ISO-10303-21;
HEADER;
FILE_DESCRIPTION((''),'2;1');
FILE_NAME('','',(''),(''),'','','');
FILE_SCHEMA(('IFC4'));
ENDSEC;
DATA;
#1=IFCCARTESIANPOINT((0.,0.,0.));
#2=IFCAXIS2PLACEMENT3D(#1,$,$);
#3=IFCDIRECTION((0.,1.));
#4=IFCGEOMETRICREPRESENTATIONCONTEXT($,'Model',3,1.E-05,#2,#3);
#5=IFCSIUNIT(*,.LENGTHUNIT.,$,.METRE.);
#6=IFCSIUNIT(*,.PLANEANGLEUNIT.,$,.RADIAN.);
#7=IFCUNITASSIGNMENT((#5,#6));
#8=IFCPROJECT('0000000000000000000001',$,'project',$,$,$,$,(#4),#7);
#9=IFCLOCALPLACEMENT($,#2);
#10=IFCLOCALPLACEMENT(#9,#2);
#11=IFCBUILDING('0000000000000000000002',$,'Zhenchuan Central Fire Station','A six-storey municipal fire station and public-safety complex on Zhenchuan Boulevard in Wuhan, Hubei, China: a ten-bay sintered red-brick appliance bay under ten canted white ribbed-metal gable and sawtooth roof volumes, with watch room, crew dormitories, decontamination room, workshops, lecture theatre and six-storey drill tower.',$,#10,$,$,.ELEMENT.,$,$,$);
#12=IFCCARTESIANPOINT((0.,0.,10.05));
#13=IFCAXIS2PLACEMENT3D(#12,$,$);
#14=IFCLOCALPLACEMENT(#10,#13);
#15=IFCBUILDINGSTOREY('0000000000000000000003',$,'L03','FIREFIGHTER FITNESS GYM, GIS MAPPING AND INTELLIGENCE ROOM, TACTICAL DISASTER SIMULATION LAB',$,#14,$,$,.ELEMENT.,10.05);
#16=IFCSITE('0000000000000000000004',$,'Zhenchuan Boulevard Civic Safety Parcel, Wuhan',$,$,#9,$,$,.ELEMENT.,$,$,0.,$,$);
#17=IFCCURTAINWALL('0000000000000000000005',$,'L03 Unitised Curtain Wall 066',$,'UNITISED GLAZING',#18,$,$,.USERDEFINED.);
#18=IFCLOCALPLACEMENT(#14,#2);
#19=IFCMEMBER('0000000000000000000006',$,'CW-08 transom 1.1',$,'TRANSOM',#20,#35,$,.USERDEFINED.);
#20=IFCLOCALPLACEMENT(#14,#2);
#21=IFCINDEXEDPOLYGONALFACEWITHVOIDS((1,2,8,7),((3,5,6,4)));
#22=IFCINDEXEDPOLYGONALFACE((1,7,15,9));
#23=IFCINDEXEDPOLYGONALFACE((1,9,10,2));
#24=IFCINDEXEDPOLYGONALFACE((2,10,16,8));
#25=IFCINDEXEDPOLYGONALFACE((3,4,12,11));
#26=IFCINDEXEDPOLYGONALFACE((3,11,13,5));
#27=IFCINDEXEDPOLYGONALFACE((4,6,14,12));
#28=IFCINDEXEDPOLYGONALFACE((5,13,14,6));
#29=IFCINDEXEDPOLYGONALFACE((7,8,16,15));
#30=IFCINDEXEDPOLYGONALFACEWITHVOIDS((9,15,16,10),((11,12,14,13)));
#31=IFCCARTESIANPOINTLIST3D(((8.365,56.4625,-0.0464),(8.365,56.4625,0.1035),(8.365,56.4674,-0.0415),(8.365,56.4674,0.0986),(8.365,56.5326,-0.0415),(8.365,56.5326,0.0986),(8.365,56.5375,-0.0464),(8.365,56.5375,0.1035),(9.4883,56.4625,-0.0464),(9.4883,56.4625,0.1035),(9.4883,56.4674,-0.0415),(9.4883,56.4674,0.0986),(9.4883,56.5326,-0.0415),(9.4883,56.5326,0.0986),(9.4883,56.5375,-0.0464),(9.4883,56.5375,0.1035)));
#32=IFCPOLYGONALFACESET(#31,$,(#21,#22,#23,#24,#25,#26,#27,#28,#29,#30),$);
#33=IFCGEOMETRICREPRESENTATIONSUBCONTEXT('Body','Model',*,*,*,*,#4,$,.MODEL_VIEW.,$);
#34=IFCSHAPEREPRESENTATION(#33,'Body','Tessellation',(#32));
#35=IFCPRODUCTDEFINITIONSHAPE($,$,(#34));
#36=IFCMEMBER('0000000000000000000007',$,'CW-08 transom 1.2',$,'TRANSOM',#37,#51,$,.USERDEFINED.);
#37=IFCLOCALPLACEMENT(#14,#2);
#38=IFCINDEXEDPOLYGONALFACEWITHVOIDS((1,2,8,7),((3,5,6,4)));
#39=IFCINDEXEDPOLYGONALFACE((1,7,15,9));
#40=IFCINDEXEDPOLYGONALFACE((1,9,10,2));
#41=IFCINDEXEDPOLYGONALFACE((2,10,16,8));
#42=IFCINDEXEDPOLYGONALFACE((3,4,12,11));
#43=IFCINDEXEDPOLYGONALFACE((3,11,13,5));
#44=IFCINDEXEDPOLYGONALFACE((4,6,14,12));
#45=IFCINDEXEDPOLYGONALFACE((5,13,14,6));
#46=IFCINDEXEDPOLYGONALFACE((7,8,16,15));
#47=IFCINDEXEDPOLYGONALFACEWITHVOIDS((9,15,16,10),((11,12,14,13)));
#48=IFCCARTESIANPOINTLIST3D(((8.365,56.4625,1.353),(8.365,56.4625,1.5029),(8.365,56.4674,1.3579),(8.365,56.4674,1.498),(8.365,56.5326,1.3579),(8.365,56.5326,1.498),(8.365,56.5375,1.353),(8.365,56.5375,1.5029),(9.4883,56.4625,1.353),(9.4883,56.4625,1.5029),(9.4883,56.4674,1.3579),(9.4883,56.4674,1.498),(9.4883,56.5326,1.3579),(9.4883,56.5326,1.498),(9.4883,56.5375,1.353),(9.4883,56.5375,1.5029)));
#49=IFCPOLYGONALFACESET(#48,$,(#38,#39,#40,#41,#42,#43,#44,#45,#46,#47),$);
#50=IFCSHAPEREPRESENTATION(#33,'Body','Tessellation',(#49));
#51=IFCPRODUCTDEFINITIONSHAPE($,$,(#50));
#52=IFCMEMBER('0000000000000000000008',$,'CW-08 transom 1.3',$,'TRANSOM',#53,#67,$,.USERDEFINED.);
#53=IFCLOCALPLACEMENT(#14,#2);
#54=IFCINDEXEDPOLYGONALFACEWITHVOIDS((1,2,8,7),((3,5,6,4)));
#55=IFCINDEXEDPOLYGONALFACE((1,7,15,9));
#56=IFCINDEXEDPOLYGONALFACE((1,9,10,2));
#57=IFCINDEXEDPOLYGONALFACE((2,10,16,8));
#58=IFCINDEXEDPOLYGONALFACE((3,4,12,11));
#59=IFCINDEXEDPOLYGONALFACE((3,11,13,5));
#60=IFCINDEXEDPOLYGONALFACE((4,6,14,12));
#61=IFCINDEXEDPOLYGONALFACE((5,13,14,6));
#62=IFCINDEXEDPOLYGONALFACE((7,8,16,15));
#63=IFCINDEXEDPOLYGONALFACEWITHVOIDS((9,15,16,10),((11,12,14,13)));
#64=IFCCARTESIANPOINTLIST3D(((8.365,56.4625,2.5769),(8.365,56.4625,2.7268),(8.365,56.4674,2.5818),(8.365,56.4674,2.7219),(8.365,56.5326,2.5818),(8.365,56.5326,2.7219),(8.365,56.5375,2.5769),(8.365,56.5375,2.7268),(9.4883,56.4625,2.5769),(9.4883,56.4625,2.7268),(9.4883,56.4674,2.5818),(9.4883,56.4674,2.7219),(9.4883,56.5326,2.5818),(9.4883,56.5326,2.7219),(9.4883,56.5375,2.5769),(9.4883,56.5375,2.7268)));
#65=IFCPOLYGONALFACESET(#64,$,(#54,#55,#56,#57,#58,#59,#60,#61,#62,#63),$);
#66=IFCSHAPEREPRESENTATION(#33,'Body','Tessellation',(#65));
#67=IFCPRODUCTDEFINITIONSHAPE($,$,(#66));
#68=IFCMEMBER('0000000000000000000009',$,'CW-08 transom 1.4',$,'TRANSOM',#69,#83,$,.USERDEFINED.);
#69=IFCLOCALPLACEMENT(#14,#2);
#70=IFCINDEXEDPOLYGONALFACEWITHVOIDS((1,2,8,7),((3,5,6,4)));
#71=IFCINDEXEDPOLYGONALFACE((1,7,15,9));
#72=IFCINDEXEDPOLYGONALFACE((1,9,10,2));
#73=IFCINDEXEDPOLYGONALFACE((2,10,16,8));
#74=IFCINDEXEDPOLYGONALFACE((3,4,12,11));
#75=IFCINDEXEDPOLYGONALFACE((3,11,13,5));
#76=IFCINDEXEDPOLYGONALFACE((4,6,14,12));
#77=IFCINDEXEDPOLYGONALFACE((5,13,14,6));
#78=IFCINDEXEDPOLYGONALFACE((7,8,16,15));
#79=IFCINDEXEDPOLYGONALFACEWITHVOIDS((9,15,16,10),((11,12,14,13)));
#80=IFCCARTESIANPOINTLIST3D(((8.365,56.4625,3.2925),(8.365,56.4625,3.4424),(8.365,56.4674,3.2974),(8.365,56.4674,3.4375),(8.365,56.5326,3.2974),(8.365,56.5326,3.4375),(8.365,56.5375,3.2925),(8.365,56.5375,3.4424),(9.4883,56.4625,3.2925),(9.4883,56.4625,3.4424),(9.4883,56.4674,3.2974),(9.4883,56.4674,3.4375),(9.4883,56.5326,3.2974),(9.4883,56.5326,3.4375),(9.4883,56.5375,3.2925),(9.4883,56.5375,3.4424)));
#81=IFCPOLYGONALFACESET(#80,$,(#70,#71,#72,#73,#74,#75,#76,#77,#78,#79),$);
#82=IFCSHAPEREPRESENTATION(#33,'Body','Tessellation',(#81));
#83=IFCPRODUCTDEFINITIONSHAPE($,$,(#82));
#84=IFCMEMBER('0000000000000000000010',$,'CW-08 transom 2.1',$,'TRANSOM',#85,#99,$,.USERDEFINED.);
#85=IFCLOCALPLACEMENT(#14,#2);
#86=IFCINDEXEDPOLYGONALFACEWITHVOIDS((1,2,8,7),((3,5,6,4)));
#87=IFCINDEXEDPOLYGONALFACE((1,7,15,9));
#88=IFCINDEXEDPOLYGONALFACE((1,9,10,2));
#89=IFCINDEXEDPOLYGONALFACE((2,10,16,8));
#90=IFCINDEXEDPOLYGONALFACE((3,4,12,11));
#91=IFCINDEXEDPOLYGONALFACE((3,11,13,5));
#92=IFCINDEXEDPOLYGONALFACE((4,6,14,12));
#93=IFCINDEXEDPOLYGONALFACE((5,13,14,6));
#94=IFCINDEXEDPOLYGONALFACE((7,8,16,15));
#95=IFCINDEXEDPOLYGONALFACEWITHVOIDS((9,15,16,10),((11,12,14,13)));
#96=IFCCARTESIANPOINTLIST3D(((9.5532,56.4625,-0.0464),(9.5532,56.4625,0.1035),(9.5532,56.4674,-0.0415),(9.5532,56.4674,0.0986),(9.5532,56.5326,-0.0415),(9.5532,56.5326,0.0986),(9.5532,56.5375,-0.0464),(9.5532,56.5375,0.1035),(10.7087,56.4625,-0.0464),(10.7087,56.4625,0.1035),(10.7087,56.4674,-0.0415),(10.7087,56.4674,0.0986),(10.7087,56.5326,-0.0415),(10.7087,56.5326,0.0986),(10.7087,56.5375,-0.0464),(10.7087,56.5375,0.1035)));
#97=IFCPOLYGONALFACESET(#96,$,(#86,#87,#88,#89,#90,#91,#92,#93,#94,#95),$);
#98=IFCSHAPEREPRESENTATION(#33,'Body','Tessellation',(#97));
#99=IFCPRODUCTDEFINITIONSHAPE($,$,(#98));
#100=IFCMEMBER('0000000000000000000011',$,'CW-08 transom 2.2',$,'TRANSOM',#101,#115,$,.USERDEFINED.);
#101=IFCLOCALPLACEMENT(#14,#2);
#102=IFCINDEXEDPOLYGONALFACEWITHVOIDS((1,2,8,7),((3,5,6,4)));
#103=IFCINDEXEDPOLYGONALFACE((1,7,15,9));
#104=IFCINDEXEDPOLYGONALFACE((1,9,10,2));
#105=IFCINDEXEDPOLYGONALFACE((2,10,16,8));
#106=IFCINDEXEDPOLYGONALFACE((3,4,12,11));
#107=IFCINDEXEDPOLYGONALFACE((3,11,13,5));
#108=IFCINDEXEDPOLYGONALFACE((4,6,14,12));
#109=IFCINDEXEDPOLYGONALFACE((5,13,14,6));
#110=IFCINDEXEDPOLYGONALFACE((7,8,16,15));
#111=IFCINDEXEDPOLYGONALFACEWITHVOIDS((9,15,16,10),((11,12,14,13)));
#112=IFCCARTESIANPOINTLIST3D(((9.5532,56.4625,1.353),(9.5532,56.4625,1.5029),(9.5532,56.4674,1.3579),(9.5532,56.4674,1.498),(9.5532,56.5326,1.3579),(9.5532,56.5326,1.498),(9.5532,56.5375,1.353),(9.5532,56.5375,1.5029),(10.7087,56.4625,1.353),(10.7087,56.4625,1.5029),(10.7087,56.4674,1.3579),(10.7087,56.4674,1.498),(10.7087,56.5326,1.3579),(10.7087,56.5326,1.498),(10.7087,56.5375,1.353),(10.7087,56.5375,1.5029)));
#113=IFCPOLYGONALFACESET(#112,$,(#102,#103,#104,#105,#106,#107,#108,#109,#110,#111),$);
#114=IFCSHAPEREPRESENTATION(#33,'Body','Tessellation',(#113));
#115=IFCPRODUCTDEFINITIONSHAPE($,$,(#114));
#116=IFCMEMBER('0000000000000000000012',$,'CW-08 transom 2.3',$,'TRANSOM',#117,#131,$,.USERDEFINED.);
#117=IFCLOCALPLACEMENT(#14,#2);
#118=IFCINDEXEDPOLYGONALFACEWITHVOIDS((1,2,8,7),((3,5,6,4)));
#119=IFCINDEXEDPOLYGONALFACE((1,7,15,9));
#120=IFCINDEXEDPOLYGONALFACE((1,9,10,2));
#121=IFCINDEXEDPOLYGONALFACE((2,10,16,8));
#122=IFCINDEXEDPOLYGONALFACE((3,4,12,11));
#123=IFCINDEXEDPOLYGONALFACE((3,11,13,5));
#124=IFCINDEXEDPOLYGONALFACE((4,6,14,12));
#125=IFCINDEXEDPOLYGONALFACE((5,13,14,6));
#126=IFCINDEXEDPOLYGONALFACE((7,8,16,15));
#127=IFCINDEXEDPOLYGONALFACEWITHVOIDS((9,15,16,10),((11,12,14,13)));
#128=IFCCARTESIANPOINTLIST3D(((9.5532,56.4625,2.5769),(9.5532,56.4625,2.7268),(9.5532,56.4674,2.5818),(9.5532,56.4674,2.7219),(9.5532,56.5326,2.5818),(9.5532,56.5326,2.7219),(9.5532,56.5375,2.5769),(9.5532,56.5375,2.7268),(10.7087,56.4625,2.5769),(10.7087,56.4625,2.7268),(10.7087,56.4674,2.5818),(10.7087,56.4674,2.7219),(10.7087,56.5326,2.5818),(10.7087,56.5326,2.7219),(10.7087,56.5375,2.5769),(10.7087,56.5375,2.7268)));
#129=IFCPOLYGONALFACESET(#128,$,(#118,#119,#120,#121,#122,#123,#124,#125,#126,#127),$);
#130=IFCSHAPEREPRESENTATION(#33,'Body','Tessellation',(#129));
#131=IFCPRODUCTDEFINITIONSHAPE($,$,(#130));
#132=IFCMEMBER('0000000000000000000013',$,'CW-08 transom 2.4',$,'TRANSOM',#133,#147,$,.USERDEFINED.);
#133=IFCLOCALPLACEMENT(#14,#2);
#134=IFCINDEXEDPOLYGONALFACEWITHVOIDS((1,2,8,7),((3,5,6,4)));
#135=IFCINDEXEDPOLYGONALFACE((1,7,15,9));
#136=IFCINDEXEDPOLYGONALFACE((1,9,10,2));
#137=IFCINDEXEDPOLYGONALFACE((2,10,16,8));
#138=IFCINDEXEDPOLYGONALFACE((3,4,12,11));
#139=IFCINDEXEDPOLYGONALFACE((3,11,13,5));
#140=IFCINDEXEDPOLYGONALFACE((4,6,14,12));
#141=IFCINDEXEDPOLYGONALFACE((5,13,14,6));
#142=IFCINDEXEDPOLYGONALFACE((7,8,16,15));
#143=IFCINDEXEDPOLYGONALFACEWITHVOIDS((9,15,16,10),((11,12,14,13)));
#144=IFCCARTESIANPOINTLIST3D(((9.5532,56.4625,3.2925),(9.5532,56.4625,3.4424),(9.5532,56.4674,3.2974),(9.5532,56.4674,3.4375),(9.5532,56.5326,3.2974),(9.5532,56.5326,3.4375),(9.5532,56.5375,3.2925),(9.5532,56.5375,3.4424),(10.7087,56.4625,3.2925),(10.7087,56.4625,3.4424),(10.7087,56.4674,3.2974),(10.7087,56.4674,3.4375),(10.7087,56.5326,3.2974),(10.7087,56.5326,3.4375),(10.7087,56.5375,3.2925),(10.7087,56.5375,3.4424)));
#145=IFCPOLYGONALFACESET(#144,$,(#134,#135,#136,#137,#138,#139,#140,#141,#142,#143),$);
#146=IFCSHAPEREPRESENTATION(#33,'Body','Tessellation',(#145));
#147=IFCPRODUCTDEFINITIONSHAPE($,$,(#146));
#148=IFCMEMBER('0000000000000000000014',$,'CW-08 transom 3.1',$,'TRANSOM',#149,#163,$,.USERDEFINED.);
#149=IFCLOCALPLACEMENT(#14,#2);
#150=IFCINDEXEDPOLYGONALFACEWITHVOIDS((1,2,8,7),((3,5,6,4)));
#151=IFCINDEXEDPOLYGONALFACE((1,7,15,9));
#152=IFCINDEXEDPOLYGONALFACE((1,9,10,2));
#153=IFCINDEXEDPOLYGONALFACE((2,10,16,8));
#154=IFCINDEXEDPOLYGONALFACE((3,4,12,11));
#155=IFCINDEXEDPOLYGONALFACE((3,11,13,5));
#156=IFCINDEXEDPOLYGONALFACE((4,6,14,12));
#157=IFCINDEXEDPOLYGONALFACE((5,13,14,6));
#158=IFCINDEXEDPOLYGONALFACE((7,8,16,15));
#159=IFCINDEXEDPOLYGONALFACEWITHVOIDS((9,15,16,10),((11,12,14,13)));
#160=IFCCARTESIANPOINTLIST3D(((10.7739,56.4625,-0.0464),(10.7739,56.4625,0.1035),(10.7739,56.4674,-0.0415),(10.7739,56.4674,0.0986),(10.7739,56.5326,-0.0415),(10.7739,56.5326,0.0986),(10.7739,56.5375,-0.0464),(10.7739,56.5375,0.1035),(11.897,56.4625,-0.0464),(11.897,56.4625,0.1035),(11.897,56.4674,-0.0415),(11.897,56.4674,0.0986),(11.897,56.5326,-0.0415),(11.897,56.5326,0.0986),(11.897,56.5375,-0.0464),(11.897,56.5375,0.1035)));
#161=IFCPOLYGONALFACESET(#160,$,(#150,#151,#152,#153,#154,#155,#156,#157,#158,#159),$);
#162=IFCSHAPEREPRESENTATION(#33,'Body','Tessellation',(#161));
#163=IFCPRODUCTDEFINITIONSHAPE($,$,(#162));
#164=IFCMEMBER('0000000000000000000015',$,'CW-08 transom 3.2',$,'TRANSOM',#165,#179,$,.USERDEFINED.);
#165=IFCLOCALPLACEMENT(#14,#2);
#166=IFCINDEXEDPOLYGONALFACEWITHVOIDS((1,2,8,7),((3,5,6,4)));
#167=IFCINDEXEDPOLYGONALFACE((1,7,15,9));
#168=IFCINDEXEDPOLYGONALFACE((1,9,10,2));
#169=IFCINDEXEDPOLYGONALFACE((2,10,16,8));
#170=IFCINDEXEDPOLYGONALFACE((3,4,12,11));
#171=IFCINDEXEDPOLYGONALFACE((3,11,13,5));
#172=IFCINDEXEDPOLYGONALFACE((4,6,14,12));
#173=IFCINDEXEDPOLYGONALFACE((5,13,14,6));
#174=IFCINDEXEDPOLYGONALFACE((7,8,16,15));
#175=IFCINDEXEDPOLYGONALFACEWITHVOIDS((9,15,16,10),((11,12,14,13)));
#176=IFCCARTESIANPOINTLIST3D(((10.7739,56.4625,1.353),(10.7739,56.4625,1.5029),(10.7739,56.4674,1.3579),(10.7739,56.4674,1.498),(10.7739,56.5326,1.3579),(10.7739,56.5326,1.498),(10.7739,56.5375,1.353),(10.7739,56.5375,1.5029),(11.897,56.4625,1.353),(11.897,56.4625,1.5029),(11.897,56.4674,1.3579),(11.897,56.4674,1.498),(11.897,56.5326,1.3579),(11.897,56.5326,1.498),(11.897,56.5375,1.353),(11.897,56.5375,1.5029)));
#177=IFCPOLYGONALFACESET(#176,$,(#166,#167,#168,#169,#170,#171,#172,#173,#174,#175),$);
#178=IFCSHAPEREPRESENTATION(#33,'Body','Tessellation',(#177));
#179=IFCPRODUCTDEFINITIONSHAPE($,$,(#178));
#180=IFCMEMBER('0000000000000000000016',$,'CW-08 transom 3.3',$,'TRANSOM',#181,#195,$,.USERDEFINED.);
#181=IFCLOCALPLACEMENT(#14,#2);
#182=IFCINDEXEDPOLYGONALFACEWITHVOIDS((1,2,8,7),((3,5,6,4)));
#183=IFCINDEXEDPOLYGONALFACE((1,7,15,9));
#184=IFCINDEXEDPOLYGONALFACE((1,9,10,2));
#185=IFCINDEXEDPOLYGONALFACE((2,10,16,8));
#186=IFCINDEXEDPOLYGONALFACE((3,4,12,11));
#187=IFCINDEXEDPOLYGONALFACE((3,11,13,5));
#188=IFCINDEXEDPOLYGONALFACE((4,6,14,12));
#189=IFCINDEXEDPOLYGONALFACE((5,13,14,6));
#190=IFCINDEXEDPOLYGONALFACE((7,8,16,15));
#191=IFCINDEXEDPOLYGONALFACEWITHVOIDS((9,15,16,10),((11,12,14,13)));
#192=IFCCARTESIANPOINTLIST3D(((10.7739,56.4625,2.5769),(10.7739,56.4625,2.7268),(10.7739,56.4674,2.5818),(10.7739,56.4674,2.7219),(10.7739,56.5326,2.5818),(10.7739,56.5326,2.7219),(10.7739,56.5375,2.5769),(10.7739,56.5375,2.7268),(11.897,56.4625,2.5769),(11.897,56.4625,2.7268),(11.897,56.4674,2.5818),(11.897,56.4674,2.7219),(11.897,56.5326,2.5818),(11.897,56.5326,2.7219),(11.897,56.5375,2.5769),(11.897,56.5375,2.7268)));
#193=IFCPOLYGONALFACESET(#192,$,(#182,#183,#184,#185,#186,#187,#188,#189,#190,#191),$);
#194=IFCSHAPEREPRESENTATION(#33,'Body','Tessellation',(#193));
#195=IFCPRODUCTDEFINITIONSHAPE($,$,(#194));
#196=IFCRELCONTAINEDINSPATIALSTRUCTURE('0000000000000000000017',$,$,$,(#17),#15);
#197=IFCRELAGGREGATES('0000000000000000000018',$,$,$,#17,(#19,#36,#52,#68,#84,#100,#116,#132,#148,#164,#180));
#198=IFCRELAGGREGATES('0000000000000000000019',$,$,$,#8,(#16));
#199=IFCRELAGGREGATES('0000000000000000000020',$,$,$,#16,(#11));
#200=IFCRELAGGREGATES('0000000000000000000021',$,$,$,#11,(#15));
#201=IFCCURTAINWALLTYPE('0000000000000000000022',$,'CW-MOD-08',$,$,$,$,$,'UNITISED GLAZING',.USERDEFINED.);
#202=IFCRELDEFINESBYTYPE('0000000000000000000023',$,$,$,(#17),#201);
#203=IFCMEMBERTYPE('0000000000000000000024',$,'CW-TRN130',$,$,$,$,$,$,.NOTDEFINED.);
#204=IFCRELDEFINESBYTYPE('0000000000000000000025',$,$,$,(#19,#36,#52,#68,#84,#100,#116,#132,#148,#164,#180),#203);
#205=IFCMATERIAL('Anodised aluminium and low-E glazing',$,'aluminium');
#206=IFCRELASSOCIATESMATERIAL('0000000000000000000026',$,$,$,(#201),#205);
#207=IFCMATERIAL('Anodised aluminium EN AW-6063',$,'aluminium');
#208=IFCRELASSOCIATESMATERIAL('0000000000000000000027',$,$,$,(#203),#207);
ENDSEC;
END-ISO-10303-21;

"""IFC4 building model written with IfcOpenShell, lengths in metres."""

from ifc_helpers import new_model, si_unit, direction, frame, origin, origin_2d, place, context, subcontext, project, spatial, hollow_rectangle, extrude, material, material_profile, profile_set, type_object, element, aggregate, save


model = new_model("IFC4")

# Units and contexts
model_context = context("Model", 3, precision=1e-05, world=origin(), true_north=direction((0.0, 1.0)))
body_context = subcontext(model_context, "Body", "Model", "MODEL_VIEW")
ifc_project = project(units=[si_unit("LENGTHUNIT", "METRE"), si_unit("PLANEANGLEUNIT", "RADIAN")], contexts=[model_context])

# Site, building, storey
site_placement = place(None, origin())
site = spatial("IfcSite", under=ifc_project, at=site_placement, Name="Zhenchuan Boulevard Civic Safety Parcel, Wuhan", CompositionType="ELEMENT", RefElevation=0.0)
building_placement = place(site_placement, origin())
building = spatial("IfcBuilding", under=site, at=building_placement, Name="Zhenchuan Central Fire Station", Description="A six-storey municipal fire station and public-safety complex on Zhenchuan Boulevard in Wuhan, Hubei, China: a ten-bay sintered red-brick appliance bay under ten canted white ribbed-metal gable and sawtooth roof volumes, with watch room, crew dormitories, decontamination room, workshops, lecture theatre and six-storey drill tower.", CompositionType="ELEMENT")
storey_placement = place(building_placement, frame((0.0, 0.0, 10.05)))
storey = spatial("IfcBuildingStorey", under=building, at=storey_placement, Name="L03", Description="FIREFIGHTER FITNESS GYM, GIS MAPPING AND INTELLIGENCE ROOM, TACTICAL DISASTER SIMULATION LAB", CompositionType="ELEMENT", Elevation=10.05)

# Curtain wall
ifc_material_1 = material(Name="Anodised aluminium and low-E glazing", Category="aluminium")
curtain_wall_type_1 = type_object("IfcCurtainWallType", Name="CW-MOD-08", ElementType="UNITISED GLAZING", PredefinedType="USERDEFINED", material=ifc_material_1)
curtain_wall_1_placement = place(storey_placement, origin())
curtain_wall_1 = element("IfcCurtainWall", 1, at=curtain_wall_1_placement, inside=storey, type_object=curtain_wall_type_1, Name="L03 Unitised Curtain Wall 066", ObjectType="UNITISED GLAZING", PredefinedType="USERDEFINED")
ifc_material_2 = material(Name="Anodised aluminium EN AW-6063", Category="aluminium")

# Members
ifc_material_profile_1 = material_profile(ifc_material_2, hollow_rectangle(XDim=0.075, YDim=0.1499, WallThickness=0.0049, at=origin_2d()), Name="ALU-T 150x75")
ifc_profile_set_1 = profile_set([ifc_material_profile_1], Name="Anodised aluminium EN AW-6063")
member_type_1 = type_object("IfcMemberType", Name="CW-TRN130", PredefinedType="NOTDEFINED", material=ifc_profile_set_1)
member_1_placement = place(storey_placement, frame((8.365, 56.5, 0.0286), z_axis=(1.0, 0.0, 0.0), x_axis=(0.0, 1.0, 0.0)))
member_1 = element("IfcMember", 2, at=member_1_placement, type_object=member_type_1, Name="CW-08 transom 1.1", ObjectType="TRANSOM", PredefinedType="USERDEFINED", context=body_context, shape_type="SweptSolid", body=[
    extrude(hollow_rectangle(XDim=0.075, YDim=0.1499, WallThickness=0.0049, at=origin_2d()), origin(), (0.0, 0.0, 1.0), 1.1233),
])
member_2_placement = place(storey_placement, frame((8.365, 56.5, 1.428), z_axis=(1.0, 0.0, 0.0), x_axis=(0.0, 1.0, 0.0)))
member_2 = element("IfcMember", 3, at=member_2_placement, type_object=member_type_1, Name="CW-08 transom 1.2", ObjectType="TRANSOM", PredefinedType="USERDEFINED", context=body_context, shape_type="SweptSolid", body=[
    extrude(hollow_rectangle(XDim=0.075, YDim=0.1499, WallThickness=0.0049, at=origin_2d()), origin(), (0.0, 0.0, 1.0), 1.1233),
])
member_3_placement = place(storey_placement, frame((8.365, 56.5, 2.6519), z_axis=(1.0, 0.0, 0.0), x_axis=(0.0, 1.0, 0.0)))
member_3 = element("IfcMember", 4, at=member_3_placement, type_object=member_type_1, Name="CW-08 transom 1.3", ObjectType="TRANSOM", PredefinedType="USERDEFINED", context=body_context, shape_type="SweptSolid", body=[
    extrude(hollow_rectangle(XDim=0.075, YDim=0.1499, WallThickness=0.0049, at=origin_2d()), origin(), (0.0, 0.0, 1.0), 1.1233),
])
member_4_placement = place(storey_placement, frame((8.365, 56.5, 3.3674), z_axis=(1.0, 0.0, 0.0), x_axis=(0.0, 1.0, 0.0)))
member_4 = element("IfcMember", 5, at=member_4_placement, type_object=member_type_1, Name="CW-08 transom 1.4", ObjectType="TRANSOM", PredefinedType="USERDEFINED", context=body_context, shape_type="SweptSolid", body=[
    extrude(hollow_rectangle(XDim=0.075, YDim=0.1499, WallThickness=0.0049, at=origin_2d()), origin(), (0.0, 0.0, 1.0), 1.1233),
])
member_5_placement = place(storey_placement, frame((9.5532, 56.5, 0.0286), z_axis=(1.0, 0.0, 0.0), x_axis=(0.0, 1.0, 0.0)))
member_5 = element("IfcMember", 6, at=member_5_placement, type_object=member_type_1, Name="CW-08 transom 2.1", ObjectType="TRANSOM", PredefinedType="USERDEFINED", context=body_context, shape_type="SweptSolid", body=[
    extrude(hollow_rectangle(XDim=0.075, YDim=0.1499, WallThickness=0.0049, at=origin_2d()), origin(), (0.0, 0.0, 1.0), 1.1555),
])
member_6_placement = place(storey_placement, frame((9.5532, 56.5, 1.428), z_axis=(1.0, 0.0, 0.0), x_axis=(0.0, 1.0, 0.0)))
member_6 = element("IfcMember", 7, at=member_6_placement, type_object=member_type_1, Name="CW-08 transom 2.2", ObjectType="TRANSOM", PredefinedType="USERDEFINED", context=body_context, shape_type="SweptSolid", body=[
    extrude(hollow_rectangle(XDim=0.075, YDim=0.1499, WallThickness=0.0049, at=origin_2d()), origin(), (0.0, 0.0, 1.0), 1.1555),
])
member_7_placement = place(storey_placement, frame((9.5532, 56.5, 2.6519), z_axis=(1.0, 0.0, 0.0), x_axis=(0.0, 1.0, 0.0)))
member_7 = element("IfcMember", 8, at=member_7_placement, type_object=member_type_1, Name="CW-08 transom 2.3", ObjectType="TRANSOM", PredefinedType="USERDEFINED", context=body_context, shape_type="SweptSolid", body=[
    extrude(hollow_rectangle(XDim=0.075, YDim=0.1499, WallThickness=0.0049, at=origin_2d()), origin(), (0.0, 0.0, 1.0), 1.1555),
])
member_8_placement = place(storey_placement, frame((9.5532, 56.5, 3.3674), z_axis=(1.0, 0.0, 0.0), x_axis=(0.0, 1.0, 0.0)))
member_8 = element("IfcMember", 9, at=member_8_placement, type_object=member_type_1, Name="CW-08 transom 2.4", ObjectType="TRANSOM", PredefinedType="USERDEFINED", context=body_context, shape_type="SweptSolid", body=[
    extrude(hollow_rectangle(XDim=0.075, YDim=0.1499, WallThickness=0.0049, at=origin_2d()), origin(), (0.0, 0.0, 1.0), 1.1555),
])
member_9_placement = place(storey_placement, frame((10.7739, 56.5, 0.0286), z_axis=(1.0, 0.0, 0.0), x_axis=(0.0, 1.0, 0.0)))
member_9 = element("IfcMember", 10, at=member_9_placement, type_object=member_type_1, Name="CW-08 transom 3.1", ObjectType="TRANSOM", PredefinedType="USERDEFINED", context=body_context, shape_type="SweptSolid", body=[
    extrude(hollow_rectangle(XDim=0.075, YDim=0.1499, WallThickness=0.0049, at=origin_2d()), origin(), (0.0, 0.0, 1.0), 1.123),
])
member_10_placement = place(storey_placement, frame((10.7739, 56.5, 1.428), z_axis=(1.0, 0.0, 0.0), x_axis=(0.0, 1.0, 0.0)))
member_10 = element("IfcMember", 11, at=member_10_placement, type_object=member_type_1, Name="CW-08 transom 3.2", ObjectType="TRANSOM", PredefinedType="USERDEFINED", context=body_context, shape_type="SweptSolid", body=[
    extrude(hollow_rectangle(XDim=0.075, YDim=0.1499, WallThickness=0.0049, at=origin_2d()), origin(), (0.0, 0.0, 1.0), 1.123),
])
member_11_placement = place(storey_placement, frame((10.7739, 56.5, 2.6519), z_axis=(1.0, 0.0, 0.0), x_axis=(0.0, 1.0, 0.0)))
member_11 = element("IfcMember", 12, at=member_11_placement, type_object=member_type_1, Name="CW-08 transom 3.3", ObjectType="TRANSOM", PredefinedType="USERDEFINED", context=body_context, shape_type="SweptSolid", body=[
    extrude(hollow_rectangle(XDim=0.075, YDim=0.1499, WallThickness=0.0049, at=origin_2d()), origin(), (0.0, 0.0, 1.0), 1.123),
])

aggregate(curtain_wall_1, [member_1, member_2, member_3, member_4, member_5, member_6, member_7, member_8, member_9, member_10, member_11])

save(model, "model.ifc")
